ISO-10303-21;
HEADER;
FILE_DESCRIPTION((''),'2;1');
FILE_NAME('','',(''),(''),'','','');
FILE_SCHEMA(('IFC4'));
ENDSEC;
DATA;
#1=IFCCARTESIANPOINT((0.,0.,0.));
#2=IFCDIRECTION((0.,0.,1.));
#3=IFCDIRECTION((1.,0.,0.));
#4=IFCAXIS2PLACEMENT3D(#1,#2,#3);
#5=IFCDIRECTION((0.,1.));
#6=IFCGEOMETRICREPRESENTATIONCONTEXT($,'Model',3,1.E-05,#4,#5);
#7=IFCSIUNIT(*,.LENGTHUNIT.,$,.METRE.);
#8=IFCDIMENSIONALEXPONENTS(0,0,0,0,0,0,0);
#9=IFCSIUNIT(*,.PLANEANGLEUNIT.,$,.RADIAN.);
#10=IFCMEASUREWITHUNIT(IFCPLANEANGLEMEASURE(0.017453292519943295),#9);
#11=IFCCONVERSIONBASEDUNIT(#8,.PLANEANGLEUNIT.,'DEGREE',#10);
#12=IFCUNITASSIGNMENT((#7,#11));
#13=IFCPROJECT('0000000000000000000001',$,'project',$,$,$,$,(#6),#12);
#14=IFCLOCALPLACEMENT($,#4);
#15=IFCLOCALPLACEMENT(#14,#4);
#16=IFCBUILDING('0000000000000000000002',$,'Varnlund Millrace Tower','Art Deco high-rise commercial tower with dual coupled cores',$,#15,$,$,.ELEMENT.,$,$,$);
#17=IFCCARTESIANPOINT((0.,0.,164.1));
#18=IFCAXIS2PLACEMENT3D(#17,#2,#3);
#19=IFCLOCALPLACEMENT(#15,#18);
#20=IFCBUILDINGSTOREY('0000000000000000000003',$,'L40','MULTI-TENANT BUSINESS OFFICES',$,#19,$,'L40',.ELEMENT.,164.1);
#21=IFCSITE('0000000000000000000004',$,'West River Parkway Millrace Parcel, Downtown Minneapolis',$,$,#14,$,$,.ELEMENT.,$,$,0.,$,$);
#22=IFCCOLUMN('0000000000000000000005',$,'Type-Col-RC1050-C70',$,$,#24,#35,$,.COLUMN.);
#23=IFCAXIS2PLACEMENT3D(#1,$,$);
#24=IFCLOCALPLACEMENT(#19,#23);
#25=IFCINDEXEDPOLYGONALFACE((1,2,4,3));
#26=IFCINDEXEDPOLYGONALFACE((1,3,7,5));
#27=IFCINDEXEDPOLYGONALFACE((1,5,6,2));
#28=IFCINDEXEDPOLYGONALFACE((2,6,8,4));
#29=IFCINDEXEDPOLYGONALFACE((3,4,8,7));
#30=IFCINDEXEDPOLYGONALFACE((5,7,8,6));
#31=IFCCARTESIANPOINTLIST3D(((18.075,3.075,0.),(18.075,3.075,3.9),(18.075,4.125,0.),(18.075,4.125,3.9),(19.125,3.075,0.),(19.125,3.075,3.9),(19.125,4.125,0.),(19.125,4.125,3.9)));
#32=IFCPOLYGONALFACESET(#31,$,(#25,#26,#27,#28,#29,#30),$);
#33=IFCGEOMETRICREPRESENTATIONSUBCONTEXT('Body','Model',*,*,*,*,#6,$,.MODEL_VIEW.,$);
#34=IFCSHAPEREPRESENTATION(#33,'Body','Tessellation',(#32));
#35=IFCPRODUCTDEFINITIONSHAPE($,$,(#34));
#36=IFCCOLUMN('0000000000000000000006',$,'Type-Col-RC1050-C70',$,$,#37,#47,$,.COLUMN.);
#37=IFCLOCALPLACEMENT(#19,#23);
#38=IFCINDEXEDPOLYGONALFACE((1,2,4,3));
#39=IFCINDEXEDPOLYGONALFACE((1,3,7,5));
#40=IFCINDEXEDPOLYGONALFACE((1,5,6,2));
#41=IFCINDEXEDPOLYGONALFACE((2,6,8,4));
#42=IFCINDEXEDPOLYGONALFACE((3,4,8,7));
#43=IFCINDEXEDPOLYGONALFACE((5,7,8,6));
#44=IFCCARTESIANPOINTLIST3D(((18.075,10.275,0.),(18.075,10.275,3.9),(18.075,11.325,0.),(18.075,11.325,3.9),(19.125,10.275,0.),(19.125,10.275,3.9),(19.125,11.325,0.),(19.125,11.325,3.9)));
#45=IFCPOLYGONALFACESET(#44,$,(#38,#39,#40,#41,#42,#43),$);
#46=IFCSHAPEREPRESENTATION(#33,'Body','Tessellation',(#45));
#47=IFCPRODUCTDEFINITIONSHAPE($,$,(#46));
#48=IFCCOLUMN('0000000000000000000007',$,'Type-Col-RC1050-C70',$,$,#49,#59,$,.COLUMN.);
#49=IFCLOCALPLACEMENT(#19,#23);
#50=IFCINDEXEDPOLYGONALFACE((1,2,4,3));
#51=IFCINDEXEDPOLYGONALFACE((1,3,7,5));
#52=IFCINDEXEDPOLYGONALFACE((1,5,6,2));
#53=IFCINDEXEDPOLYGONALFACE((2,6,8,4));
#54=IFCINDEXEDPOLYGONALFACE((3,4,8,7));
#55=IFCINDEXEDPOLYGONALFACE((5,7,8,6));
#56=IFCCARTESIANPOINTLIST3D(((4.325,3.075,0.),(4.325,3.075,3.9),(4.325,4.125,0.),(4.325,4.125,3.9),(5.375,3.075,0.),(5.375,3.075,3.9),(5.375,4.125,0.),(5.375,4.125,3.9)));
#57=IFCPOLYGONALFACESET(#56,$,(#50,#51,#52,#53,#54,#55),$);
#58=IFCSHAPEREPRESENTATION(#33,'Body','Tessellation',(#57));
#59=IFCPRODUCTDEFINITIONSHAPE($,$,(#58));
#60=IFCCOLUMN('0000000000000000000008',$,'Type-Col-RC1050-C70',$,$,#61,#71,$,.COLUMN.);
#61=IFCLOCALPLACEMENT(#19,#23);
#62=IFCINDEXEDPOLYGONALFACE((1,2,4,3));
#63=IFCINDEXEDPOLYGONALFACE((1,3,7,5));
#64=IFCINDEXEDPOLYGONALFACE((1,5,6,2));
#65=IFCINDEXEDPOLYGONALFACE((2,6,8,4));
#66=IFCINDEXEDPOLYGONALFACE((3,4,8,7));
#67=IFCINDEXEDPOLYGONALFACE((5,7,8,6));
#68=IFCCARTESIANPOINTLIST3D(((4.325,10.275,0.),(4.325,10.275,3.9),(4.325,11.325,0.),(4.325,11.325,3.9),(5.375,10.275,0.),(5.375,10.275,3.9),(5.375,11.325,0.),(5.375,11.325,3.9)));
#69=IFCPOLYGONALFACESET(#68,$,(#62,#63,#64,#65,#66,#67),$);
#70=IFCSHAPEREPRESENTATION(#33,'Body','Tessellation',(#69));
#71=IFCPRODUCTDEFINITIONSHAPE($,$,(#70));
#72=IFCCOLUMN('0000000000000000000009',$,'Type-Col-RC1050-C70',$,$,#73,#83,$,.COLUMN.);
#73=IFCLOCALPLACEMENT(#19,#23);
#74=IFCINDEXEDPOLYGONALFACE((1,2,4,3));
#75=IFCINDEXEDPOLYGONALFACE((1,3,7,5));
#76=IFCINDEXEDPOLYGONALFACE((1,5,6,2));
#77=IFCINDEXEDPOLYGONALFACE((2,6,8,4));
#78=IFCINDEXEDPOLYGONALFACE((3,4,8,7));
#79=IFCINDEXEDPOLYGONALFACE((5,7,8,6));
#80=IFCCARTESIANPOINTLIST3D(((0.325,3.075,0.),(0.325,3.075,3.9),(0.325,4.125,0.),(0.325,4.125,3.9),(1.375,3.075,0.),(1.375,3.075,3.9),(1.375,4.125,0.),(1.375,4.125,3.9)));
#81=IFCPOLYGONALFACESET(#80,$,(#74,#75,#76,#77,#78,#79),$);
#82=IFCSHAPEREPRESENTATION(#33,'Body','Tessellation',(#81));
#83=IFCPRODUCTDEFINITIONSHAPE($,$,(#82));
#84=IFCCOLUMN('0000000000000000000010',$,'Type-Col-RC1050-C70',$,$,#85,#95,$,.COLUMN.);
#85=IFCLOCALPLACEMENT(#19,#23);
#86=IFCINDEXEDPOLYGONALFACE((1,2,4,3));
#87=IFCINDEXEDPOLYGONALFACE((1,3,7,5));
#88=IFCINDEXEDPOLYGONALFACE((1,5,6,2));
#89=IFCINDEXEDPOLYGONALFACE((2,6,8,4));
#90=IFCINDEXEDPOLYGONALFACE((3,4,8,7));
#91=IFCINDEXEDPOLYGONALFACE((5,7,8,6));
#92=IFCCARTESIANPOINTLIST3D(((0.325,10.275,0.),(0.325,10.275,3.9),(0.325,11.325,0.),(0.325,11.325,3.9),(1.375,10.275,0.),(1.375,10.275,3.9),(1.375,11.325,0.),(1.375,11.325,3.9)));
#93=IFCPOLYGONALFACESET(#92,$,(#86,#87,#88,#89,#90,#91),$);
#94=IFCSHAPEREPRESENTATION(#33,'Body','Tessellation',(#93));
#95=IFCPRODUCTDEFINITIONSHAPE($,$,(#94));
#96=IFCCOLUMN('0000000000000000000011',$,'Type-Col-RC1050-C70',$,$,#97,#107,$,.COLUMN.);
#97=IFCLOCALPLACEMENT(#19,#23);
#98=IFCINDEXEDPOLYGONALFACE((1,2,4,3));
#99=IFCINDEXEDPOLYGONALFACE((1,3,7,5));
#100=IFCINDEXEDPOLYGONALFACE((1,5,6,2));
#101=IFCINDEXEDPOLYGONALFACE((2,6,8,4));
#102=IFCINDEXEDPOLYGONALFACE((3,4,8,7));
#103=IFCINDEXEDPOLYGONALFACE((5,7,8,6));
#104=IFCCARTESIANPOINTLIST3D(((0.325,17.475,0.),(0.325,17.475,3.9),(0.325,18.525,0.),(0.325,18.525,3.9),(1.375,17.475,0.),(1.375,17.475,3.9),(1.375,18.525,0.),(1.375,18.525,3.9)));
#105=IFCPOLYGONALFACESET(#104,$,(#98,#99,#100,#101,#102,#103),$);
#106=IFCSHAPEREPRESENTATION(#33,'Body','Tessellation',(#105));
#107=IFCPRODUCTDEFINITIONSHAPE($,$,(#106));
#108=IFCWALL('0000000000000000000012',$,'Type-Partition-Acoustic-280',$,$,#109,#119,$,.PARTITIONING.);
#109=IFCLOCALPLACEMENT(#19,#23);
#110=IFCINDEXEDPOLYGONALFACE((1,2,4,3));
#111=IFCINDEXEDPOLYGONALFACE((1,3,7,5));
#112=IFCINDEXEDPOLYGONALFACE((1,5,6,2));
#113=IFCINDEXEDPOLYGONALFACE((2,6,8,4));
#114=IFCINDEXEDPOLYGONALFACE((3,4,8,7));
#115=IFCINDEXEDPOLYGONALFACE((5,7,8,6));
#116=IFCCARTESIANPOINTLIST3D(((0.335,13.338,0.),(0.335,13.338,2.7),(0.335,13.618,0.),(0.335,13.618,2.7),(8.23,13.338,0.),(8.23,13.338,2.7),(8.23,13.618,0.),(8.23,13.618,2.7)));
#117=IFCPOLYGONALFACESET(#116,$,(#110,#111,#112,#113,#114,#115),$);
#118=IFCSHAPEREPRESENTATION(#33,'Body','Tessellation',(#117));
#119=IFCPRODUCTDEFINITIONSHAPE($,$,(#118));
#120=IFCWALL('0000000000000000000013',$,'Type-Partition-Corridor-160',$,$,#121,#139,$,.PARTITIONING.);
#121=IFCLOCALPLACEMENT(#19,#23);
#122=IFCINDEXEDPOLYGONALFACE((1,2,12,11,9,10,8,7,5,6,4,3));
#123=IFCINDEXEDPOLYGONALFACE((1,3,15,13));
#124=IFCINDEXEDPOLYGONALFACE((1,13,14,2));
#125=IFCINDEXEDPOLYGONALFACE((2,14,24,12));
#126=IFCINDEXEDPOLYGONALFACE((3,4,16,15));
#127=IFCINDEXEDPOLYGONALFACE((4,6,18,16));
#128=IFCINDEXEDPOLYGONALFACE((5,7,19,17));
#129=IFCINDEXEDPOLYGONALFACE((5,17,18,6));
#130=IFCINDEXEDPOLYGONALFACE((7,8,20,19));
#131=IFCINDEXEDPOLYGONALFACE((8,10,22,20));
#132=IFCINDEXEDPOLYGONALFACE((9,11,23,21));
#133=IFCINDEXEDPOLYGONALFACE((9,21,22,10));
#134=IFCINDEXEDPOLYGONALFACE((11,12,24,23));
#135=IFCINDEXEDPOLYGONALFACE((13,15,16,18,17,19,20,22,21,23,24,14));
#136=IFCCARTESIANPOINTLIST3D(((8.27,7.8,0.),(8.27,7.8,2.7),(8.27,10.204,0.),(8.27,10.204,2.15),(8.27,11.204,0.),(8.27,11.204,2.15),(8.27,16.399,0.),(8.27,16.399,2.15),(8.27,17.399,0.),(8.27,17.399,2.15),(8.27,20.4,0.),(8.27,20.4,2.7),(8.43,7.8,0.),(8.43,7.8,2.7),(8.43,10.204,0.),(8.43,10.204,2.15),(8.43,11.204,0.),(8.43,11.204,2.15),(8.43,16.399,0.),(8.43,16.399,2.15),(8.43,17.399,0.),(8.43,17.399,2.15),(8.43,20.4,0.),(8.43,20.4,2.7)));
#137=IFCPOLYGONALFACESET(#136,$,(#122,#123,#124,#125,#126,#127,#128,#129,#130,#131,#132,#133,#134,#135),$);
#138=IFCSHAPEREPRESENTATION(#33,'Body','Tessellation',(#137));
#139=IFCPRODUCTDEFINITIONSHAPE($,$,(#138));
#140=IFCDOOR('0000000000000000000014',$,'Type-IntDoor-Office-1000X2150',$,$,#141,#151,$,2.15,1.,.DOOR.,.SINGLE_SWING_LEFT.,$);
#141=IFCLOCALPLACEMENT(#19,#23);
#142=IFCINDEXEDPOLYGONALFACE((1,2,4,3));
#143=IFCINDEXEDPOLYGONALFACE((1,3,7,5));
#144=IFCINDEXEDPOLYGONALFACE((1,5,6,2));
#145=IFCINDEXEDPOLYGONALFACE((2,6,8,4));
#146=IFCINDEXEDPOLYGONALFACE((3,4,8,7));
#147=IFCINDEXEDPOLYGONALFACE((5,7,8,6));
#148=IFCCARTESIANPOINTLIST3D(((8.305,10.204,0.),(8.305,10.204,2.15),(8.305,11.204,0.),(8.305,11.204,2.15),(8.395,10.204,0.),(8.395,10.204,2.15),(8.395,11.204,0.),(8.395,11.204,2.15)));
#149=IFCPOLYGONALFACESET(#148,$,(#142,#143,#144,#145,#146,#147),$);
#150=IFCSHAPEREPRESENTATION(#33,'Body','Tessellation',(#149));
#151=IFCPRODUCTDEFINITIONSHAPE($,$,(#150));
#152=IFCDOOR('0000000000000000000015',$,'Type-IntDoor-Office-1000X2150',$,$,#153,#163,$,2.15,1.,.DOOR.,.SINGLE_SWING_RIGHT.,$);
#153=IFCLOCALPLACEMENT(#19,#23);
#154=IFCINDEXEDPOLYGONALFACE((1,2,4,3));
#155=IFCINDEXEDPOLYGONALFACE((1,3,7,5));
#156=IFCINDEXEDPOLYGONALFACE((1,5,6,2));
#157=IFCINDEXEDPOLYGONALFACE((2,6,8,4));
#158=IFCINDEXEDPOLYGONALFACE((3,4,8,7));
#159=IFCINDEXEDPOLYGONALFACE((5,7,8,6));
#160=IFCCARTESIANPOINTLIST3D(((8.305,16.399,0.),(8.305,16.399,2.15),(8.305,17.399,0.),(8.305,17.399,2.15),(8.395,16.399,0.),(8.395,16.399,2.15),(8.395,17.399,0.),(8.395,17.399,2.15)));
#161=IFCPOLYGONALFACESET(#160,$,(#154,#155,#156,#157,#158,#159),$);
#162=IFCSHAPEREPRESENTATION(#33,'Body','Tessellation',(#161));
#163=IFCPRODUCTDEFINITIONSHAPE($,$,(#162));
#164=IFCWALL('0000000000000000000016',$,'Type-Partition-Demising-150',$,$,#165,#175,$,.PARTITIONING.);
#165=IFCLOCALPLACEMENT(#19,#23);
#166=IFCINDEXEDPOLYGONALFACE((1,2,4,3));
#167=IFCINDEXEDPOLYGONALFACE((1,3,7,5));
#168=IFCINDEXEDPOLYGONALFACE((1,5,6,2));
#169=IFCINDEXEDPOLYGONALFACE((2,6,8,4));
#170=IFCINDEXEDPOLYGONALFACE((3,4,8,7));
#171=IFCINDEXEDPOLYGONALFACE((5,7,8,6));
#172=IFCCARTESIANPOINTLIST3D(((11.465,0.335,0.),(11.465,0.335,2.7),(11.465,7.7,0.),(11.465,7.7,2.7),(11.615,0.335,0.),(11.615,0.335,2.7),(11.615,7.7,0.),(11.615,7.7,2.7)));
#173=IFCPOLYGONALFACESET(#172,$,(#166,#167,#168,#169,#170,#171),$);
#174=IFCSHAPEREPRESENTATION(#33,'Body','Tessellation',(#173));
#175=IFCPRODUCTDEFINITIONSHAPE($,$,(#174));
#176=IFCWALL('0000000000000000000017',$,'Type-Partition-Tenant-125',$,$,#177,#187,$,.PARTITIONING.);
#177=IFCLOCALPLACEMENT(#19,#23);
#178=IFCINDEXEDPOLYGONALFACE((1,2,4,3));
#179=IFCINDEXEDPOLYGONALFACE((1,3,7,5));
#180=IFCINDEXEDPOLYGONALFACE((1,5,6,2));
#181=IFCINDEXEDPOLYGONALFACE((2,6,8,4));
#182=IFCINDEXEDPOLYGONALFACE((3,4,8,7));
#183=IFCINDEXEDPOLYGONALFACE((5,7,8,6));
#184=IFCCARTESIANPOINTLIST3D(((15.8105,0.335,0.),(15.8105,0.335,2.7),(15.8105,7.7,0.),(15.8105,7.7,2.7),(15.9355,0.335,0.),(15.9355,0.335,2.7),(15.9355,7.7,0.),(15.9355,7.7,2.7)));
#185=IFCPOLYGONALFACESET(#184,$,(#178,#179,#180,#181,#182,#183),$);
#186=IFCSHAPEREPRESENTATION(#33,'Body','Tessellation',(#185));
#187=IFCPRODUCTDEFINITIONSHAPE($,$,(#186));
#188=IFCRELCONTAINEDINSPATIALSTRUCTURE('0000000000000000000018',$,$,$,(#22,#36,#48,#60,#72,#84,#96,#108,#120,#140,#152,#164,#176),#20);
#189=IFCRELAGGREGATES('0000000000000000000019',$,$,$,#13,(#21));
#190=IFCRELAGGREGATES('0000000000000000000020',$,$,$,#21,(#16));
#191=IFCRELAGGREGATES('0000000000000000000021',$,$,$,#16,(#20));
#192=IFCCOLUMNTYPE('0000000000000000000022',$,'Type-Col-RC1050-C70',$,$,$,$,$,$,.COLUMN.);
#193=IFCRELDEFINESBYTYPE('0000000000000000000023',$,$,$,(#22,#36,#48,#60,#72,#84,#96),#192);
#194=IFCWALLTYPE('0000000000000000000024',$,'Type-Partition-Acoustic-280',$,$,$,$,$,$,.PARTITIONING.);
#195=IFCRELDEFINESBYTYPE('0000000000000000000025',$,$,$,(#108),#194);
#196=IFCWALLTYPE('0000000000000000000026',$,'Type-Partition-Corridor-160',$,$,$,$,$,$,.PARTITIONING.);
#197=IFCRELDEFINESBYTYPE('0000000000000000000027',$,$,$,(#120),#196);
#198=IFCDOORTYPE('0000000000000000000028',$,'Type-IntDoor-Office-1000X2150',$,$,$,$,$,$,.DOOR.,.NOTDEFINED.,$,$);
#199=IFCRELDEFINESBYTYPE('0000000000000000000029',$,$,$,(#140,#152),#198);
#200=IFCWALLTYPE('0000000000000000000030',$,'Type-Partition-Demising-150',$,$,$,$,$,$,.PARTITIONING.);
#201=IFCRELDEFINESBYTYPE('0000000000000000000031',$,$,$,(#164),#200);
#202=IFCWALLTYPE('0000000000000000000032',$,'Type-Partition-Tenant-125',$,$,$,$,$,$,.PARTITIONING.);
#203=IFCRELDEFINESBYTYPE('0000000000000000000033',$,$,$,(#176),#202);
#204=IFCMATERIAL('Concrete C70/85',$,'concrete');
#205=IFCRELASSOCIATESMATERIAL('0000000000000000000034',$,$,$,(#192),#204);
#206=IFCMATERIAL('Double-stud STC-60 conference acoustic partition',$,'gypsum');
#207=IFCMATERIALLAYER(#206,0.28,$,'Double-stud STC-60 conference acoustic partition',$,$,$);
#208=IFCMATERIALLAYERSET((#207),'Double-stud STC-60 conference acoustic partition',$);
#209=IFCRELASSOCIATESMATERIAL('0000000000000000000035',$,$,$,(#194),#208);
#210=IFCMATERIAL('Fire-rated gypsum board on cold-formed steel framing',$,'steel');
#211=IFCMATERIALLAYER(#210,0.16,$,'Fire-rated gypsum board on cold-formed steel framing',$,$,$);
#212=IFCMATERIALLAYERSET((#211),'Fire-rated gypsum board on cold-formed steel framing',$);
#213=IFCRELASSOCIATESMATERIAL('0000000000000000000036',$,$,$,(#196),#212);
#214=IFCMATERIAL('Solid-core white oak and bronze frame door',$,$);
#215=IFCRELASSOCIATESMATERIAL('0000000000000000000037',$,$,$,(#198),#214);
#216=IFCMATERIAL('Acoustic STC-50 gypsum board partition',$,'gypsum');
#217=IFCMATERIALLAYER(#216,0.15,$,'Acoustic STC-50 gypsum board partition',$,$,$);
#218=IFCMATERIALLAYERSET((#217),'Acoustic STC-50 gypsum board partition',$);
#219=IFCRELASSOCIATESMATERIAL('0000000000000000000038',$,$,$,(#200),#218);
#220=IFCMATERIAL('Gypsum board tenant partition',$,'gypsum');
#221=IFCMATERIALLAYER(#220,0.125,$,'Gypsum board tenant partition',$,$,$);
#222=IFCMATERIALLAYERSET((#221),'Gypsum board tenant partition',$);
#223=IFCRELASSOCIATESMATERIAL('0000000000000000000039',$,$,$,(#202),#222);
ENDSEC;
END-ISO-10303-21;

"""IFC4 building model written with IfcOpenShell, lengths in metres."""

from ifc_helpers import new_model, entity, si_unit, converted_unit, direction, frame, origin_with_axes, origin_2d_with_axis, place, context, subcontext, project, spatial, polyline, rectangle, outline, extrude, material, layer, layer_set, material_profile, profile_set, type_object, element, fill, save


model = new_model("IFC4")

# Units and contexts
model_context = context("Model", 3, precision=1e-05, world=origin_with_axes(), true_north=direction((0.0, 1.0)))
body_context = subcontext(model_context, "Body", "Model", "MODEL_VIEW")
ifc_project = project(units=[si_unit("LENGTHUNIT", "METRE"), converted_unit("PLANEANGLEUNIT", "DEGREE", entity("IfcPlaneAngleMeasure", 0.017453292519943295), si_unit("PLANEANGLEUNIT", "RADIAN"), dimensions=[0, 0, 0, 0, 0, 0, 0])], contexts=[model_context])

# Site, building, storey
site_placement = place(None, origin_with_axes())
site = spatial("IfcSite", under=ifc_project, at=site_placement, Name="West River Parkway Millrace Parcel, Downtown Minneapolis", CompositionType="ELEMENT", RefElevation=0.0)
building_placement = place(site_placement, origin_with_axes())
building = spatial("IfcBuilding", under=site, at=building_placement, Name="Varnlund Millrace Tower", Description="Art Deco high-rise commercial tower with dual coupled cores", CompositionType="ELEMENT")
storey_placement = place(building_placement, frame((0.0, 0.0, 164.1), z_axis=(0.0, 0.0, 1.0), x_axis=(1.0, 0.0, 0.0)))
storey = spatial("IfcBuildingStorey", under=building, at=storey_placement, Name="L40", Description="MULTI-TENANT BUSINESS OFFICES", LongName="L40", CompositionType="ELEMENT", Elevation=164.1)

# Columns
ifc_material_1 = material(Name="Concrete C70/85", Category="concrete")
ifc_material_profile = material_profile(ifc_material_1, rectangle(XDim=1.05, YDim=1.05, at=origin_2d_with_axis()), Name="Concrete C70/85")
ifc_profile_set = profile_set([ifc_material_profile], Name="Concrete C70/85")
column_type = type_object("IfcColumnType", Name="Type-Col-RC1050-C70", PredefinedType="COLUMN", material=ifc_profile_set)
for number, where, z_axis, x_axis, name in (
    (1, (18.6, 3.6, 0.0), (0.0, 0.0, 1.0), (1.0, 0.0, 0.0), "Type-Col-RC1050-C70"),
    (2, (18.6, 10.8, 0.0), (0.0, 0.0, 1.0), (1.0, 0.0, 0.0), "Type-Col-RC1050-C70"),
    (3, (4.85, 3.6, 0.0), (0.0, 0.0, 1.0), (1.0, 0.0, 0.0), "Type-Col-RC1050-C70"),
    (4, (4.85, 10.8, 0.0), (0.0, 0.0, 1.0), (1.0, 0.0, 0.0), "Type-Col-RC1050-C70"),
    (5, (0.85, 3.6, 0.0), (0.0, 0.0, 1.0), (1.0, 0.0, 0.0), "Type-Col-RC1050-C70"),
    (6, (0.85, 10.8, 0.0), (0.0, 0.0, 1.0), (1.0, 0.0, 0.0), "Type-Col-RC1050-C70"),
    (7, (0.85, 18.0, 0.0), (0.0, 0.0, 1.0), (1.0, 0.0, 0.0), "Type-Col-RC1050-C70"),
):
    element("IfcColumn", number, at=place(storey_placement, frame(where, z_axis=z_axis, x_axis=x_axis)), inside=storey, type_object=column_type, Name=name, PredefinedType="COLUMN", context=body_context, shape_type="SweptSolid", body=[
        extrude(rectangle(XDim=1.05, YDim=1.05, at=origin_2d_with_axis()), origin_with_axes(), (0.0, 0.0, 1.0), 3.9),
    ])

# Wall
ifc_material_2 = material(Name="Double-stud STC-60 conference acoustic partition", Category="gypsum")
ifc_layer_1 = layer(ifc_material_2, 0.28, Name="Double-stud STC-60 conference acoustic partition")
ifc_layer_set_1 = layer_set([ifc_layer_1], Name="Double-stud STC-60 conference acoustic partition")
wall_type_1 = type_object("IfcWallType", Name="Type-Partition-Acoustic-280", PredefinedType="PARTITIONING", material=ifc_layer_set_1)
wall_1_placement = place(storey_placement, frame((0.335, 13.478, 0.0), z_axis=(0.0, 0.0, 1.0), x_axis=(1.0, 0.0, 0.0)))
element("IfcWall", 8, at=wall_1_placement, inside=storey, type_object=wall_type_1, Name="Type-Partition-Acoustic-280", PredefinedType="PARTITIONING", context=body_context, shape_type="SweptSolid", body=[
    extrude(outline(polyline([(0.0, -0.14), (7.895, -0.14), (7.895, 0.14), (0.0, 0.14), (0.0, -0.14)])), origin_with_axes(), (0.0, 0.0, 1.0), 2.7),
])

# Wall, openings, doors
ifc_material_3 = material(Name="Fire-rated gypsum board on cold-formed steel framing", Category="steel")
ifc_layer_2 = layer(ifc_material_3, 0.16, Name="Fire-rated gypsum board on cold-formed steel framing")
ifc_layer_set_2 = layer_set([ifc_layer_2], Name="Fire-rated gypsum board on cold-formed steel framing")
wall_type_2 = type_object("IfcWallType", Name="Type-Partition-Corridor-160", PredefinedType="PARTITIONING", material=ifc_layer_set_2)
ifc_material_4 = material(Name="Solid-core white oak and bronze frame door")
door_type_1 = type_object("IfcDoorType", Name="Type-IntDoor-Office-1000X2150", OperationType="NOTDEFINED", PredefinedType="DOOR", material=ifc_material_4)
wall_2_placement = place(storey_placement, frame((8.35, 7.8, 0.0), z_axis=(0.0, 0.0, 1.0), x_axis=(0.0, 1.0, 0.0)))
wall_2 = element("IfcWall", 9, at=wall_2_placement, inside=storey, type_object=wall_type_2, Name="Type-Partition-Corridor-160", PredefinedType="PARTITIONING", context=body_context, shape_type="SweptSolid", body=[
    extrude(outline(polyline([(0.0, -0.08), (12.6, -0.08), (12.6, 0.08), (0.0, 0.08), (0.0, -0.08)])), origin_with_axes(), (0.0, 0.0, 1.0), 2.7),
])
opening_1_placement = place(wall_2_placement, frame((2.904, 0.0, 0.0), z_axis=(0.0, 0.0, 1.0), x_axis=(1.0, 0.0, 0.0)))
opening_1 = element("IfcOpeningElement", 10, at=opening_1_placement, cuts=wall_2, PredefinedType="OPENING", context=body_context, shape_type="SweptSolid", body=[
    extrude(rectangle(XDim=1.0, YDim=0.18, at=origin_2d_with_axis()), origin_with_axes(), (0.0, 0.0, 1.0), 2.15),
])
opening_2_placement = place(wall_2_placement, frame((9.099, 0.0, 0.0), z_axis=(0.0, 0.0, 1.0), x_axis=(1.0, 0.0, 0.0)))
opening_2 = element("IfcOpeningElement", 11, at=opening_2_placement, cuts=wall_2, PredefinedType="OPENING", context=body_context, shape_type="SweptSolid", body=[
    extrude(rectangle(XDim=1.0, YDim=0.18, at=origin_2d_with_axis()), origin_with_axes(), (0.0, 0.0, 1.0), 2.15),
])
door_1_placement = place(wall_2_placement, frame((2.904, 0.0, 0.0), z_axis=(0.0, 0.0, 1.0), x_axis=(1.0, 0.0, 0.0)))
door_1 = element("IfcDoor", 12, at=door_1_placement, inside=storey, type_object=door_type_1, Name="Type-IntDoor-Office-1000X2150", OperationType="SINGLE_SWING_LEFT", OverallHeight=2.15, OverallWidth=1.0, PredefinedType="DOOR", context=body_context, shape_type="SweptSolid", body=[
    extrude(rectangle(XDim=1.0, YDim=0.09, at=origin_2d_with_axis()), origin_with_axes(), (0.0, 0.0, 1.0), 2.15),
])
fill(opening_1, door_1)
door_2_placement = place(wall_2_placement, frame((9.099, 0.0, 0.0), z_axis=(0.0, 0.0, 1.0), x_axis=(1.0, 0.0, 0.0)))
door_2 = element("IfcDoor", 13, at=door_2_placement, inside=storey, type_object=door_type_1, Name="Type-IntDoor-Office-1000X2150", OperationType="SINGLE_SWING_RIGHT", OverallHeight=2.15, OverallWidth=1.0, PredefinedType="DOOR", context=body_context, shape_type="SweptSolid", body=[
    extrude(rectangle(XDim=1.0, YDim=0.09, at=origin_2d_with_axis()), origin_with_axes(), (0.0, 0.0, 1.0), 2.15),
])
fill(opening_2, door_2)

# Walls
ifc_material_5 = material(Name="Acoustic STC-50 gypsum board partition", Category="gypsum")
ifc_layer_3 = layer(ifc_material_5, 0.15, Name="Acoustic STC-50 gypsum board partition")
ifc_layer_set_3 = layer_set([ifc_layer_3], Name="Acoustic STC-50 gypsum board partition")
wall_type_3 = type_object("IfcWallType", Name="Type-Partition-Demising-150", PredefinedType="PARTITIONING", material=ifc_layer_set_3)
wall_3_placement = place(storey_placement, frame((11.54, 0.335, 0.0), z_axis=(0.0, 0.0, 1.0), x_axis=(0.0, 1.0, 0.0)))
element("IfcWall", 14, at=wall_3_placement, inside=storey, type_object=wall_type_3, Name="Type-Partition-Demising-150", PredefinedType="PARTITIONING", context=body_context, shape_type="SweptSolid", body=[
    extrude(outline(polyline([(0.0, -0.075), (7.365, -0.075), (7.365, 0.075), (0.0, 0.075), (0.0, -0.075)])), origin_with_axes(), (0.0, 0.0, 1.0), 2.7),
])
ifc_material_6 = material(Name="Gypsum board tenant partition", Category="gypsum")
ifc_layer_4 = layer(ifc_material_6, 0.125, Name="Gypsum board tenant partition")
ifc_layer_set_4 = layer_set([ifc_layer_4], Name="Gypsum board tenant partition")
wall_type_4 = type_object("IfcWallType", Name="Type-Partition-Tenant-125", PredefinedType="PARTITIONING", material=ifc_layer_set_4)
wall_4_placement = place(storey_placement, frame((15.873, 0.335, 0.0), z_axis=(0.0, 0.0, 1.0), x_axis=(0.0, 1.0, 0.0)))
element("IfcWall", 15, at=wall_4_placement, inside=storey, type_object=wall_type_4, Name="Type-Partition-Tenant-125", PredefinedType="PARTITIONING", context=body_context, shape_type="SweptSolid", body=[
    extrude(outline(polyline([(0.0, -0.0625), (7.365, -0.0625), (7.365, 0.0625), (0.0, 0.0625), (0.0, -0.0625)])), origin_with_axes(), (0.0, 0.0, 1.0), 2.7),
])

save(model, "model.ifc")
